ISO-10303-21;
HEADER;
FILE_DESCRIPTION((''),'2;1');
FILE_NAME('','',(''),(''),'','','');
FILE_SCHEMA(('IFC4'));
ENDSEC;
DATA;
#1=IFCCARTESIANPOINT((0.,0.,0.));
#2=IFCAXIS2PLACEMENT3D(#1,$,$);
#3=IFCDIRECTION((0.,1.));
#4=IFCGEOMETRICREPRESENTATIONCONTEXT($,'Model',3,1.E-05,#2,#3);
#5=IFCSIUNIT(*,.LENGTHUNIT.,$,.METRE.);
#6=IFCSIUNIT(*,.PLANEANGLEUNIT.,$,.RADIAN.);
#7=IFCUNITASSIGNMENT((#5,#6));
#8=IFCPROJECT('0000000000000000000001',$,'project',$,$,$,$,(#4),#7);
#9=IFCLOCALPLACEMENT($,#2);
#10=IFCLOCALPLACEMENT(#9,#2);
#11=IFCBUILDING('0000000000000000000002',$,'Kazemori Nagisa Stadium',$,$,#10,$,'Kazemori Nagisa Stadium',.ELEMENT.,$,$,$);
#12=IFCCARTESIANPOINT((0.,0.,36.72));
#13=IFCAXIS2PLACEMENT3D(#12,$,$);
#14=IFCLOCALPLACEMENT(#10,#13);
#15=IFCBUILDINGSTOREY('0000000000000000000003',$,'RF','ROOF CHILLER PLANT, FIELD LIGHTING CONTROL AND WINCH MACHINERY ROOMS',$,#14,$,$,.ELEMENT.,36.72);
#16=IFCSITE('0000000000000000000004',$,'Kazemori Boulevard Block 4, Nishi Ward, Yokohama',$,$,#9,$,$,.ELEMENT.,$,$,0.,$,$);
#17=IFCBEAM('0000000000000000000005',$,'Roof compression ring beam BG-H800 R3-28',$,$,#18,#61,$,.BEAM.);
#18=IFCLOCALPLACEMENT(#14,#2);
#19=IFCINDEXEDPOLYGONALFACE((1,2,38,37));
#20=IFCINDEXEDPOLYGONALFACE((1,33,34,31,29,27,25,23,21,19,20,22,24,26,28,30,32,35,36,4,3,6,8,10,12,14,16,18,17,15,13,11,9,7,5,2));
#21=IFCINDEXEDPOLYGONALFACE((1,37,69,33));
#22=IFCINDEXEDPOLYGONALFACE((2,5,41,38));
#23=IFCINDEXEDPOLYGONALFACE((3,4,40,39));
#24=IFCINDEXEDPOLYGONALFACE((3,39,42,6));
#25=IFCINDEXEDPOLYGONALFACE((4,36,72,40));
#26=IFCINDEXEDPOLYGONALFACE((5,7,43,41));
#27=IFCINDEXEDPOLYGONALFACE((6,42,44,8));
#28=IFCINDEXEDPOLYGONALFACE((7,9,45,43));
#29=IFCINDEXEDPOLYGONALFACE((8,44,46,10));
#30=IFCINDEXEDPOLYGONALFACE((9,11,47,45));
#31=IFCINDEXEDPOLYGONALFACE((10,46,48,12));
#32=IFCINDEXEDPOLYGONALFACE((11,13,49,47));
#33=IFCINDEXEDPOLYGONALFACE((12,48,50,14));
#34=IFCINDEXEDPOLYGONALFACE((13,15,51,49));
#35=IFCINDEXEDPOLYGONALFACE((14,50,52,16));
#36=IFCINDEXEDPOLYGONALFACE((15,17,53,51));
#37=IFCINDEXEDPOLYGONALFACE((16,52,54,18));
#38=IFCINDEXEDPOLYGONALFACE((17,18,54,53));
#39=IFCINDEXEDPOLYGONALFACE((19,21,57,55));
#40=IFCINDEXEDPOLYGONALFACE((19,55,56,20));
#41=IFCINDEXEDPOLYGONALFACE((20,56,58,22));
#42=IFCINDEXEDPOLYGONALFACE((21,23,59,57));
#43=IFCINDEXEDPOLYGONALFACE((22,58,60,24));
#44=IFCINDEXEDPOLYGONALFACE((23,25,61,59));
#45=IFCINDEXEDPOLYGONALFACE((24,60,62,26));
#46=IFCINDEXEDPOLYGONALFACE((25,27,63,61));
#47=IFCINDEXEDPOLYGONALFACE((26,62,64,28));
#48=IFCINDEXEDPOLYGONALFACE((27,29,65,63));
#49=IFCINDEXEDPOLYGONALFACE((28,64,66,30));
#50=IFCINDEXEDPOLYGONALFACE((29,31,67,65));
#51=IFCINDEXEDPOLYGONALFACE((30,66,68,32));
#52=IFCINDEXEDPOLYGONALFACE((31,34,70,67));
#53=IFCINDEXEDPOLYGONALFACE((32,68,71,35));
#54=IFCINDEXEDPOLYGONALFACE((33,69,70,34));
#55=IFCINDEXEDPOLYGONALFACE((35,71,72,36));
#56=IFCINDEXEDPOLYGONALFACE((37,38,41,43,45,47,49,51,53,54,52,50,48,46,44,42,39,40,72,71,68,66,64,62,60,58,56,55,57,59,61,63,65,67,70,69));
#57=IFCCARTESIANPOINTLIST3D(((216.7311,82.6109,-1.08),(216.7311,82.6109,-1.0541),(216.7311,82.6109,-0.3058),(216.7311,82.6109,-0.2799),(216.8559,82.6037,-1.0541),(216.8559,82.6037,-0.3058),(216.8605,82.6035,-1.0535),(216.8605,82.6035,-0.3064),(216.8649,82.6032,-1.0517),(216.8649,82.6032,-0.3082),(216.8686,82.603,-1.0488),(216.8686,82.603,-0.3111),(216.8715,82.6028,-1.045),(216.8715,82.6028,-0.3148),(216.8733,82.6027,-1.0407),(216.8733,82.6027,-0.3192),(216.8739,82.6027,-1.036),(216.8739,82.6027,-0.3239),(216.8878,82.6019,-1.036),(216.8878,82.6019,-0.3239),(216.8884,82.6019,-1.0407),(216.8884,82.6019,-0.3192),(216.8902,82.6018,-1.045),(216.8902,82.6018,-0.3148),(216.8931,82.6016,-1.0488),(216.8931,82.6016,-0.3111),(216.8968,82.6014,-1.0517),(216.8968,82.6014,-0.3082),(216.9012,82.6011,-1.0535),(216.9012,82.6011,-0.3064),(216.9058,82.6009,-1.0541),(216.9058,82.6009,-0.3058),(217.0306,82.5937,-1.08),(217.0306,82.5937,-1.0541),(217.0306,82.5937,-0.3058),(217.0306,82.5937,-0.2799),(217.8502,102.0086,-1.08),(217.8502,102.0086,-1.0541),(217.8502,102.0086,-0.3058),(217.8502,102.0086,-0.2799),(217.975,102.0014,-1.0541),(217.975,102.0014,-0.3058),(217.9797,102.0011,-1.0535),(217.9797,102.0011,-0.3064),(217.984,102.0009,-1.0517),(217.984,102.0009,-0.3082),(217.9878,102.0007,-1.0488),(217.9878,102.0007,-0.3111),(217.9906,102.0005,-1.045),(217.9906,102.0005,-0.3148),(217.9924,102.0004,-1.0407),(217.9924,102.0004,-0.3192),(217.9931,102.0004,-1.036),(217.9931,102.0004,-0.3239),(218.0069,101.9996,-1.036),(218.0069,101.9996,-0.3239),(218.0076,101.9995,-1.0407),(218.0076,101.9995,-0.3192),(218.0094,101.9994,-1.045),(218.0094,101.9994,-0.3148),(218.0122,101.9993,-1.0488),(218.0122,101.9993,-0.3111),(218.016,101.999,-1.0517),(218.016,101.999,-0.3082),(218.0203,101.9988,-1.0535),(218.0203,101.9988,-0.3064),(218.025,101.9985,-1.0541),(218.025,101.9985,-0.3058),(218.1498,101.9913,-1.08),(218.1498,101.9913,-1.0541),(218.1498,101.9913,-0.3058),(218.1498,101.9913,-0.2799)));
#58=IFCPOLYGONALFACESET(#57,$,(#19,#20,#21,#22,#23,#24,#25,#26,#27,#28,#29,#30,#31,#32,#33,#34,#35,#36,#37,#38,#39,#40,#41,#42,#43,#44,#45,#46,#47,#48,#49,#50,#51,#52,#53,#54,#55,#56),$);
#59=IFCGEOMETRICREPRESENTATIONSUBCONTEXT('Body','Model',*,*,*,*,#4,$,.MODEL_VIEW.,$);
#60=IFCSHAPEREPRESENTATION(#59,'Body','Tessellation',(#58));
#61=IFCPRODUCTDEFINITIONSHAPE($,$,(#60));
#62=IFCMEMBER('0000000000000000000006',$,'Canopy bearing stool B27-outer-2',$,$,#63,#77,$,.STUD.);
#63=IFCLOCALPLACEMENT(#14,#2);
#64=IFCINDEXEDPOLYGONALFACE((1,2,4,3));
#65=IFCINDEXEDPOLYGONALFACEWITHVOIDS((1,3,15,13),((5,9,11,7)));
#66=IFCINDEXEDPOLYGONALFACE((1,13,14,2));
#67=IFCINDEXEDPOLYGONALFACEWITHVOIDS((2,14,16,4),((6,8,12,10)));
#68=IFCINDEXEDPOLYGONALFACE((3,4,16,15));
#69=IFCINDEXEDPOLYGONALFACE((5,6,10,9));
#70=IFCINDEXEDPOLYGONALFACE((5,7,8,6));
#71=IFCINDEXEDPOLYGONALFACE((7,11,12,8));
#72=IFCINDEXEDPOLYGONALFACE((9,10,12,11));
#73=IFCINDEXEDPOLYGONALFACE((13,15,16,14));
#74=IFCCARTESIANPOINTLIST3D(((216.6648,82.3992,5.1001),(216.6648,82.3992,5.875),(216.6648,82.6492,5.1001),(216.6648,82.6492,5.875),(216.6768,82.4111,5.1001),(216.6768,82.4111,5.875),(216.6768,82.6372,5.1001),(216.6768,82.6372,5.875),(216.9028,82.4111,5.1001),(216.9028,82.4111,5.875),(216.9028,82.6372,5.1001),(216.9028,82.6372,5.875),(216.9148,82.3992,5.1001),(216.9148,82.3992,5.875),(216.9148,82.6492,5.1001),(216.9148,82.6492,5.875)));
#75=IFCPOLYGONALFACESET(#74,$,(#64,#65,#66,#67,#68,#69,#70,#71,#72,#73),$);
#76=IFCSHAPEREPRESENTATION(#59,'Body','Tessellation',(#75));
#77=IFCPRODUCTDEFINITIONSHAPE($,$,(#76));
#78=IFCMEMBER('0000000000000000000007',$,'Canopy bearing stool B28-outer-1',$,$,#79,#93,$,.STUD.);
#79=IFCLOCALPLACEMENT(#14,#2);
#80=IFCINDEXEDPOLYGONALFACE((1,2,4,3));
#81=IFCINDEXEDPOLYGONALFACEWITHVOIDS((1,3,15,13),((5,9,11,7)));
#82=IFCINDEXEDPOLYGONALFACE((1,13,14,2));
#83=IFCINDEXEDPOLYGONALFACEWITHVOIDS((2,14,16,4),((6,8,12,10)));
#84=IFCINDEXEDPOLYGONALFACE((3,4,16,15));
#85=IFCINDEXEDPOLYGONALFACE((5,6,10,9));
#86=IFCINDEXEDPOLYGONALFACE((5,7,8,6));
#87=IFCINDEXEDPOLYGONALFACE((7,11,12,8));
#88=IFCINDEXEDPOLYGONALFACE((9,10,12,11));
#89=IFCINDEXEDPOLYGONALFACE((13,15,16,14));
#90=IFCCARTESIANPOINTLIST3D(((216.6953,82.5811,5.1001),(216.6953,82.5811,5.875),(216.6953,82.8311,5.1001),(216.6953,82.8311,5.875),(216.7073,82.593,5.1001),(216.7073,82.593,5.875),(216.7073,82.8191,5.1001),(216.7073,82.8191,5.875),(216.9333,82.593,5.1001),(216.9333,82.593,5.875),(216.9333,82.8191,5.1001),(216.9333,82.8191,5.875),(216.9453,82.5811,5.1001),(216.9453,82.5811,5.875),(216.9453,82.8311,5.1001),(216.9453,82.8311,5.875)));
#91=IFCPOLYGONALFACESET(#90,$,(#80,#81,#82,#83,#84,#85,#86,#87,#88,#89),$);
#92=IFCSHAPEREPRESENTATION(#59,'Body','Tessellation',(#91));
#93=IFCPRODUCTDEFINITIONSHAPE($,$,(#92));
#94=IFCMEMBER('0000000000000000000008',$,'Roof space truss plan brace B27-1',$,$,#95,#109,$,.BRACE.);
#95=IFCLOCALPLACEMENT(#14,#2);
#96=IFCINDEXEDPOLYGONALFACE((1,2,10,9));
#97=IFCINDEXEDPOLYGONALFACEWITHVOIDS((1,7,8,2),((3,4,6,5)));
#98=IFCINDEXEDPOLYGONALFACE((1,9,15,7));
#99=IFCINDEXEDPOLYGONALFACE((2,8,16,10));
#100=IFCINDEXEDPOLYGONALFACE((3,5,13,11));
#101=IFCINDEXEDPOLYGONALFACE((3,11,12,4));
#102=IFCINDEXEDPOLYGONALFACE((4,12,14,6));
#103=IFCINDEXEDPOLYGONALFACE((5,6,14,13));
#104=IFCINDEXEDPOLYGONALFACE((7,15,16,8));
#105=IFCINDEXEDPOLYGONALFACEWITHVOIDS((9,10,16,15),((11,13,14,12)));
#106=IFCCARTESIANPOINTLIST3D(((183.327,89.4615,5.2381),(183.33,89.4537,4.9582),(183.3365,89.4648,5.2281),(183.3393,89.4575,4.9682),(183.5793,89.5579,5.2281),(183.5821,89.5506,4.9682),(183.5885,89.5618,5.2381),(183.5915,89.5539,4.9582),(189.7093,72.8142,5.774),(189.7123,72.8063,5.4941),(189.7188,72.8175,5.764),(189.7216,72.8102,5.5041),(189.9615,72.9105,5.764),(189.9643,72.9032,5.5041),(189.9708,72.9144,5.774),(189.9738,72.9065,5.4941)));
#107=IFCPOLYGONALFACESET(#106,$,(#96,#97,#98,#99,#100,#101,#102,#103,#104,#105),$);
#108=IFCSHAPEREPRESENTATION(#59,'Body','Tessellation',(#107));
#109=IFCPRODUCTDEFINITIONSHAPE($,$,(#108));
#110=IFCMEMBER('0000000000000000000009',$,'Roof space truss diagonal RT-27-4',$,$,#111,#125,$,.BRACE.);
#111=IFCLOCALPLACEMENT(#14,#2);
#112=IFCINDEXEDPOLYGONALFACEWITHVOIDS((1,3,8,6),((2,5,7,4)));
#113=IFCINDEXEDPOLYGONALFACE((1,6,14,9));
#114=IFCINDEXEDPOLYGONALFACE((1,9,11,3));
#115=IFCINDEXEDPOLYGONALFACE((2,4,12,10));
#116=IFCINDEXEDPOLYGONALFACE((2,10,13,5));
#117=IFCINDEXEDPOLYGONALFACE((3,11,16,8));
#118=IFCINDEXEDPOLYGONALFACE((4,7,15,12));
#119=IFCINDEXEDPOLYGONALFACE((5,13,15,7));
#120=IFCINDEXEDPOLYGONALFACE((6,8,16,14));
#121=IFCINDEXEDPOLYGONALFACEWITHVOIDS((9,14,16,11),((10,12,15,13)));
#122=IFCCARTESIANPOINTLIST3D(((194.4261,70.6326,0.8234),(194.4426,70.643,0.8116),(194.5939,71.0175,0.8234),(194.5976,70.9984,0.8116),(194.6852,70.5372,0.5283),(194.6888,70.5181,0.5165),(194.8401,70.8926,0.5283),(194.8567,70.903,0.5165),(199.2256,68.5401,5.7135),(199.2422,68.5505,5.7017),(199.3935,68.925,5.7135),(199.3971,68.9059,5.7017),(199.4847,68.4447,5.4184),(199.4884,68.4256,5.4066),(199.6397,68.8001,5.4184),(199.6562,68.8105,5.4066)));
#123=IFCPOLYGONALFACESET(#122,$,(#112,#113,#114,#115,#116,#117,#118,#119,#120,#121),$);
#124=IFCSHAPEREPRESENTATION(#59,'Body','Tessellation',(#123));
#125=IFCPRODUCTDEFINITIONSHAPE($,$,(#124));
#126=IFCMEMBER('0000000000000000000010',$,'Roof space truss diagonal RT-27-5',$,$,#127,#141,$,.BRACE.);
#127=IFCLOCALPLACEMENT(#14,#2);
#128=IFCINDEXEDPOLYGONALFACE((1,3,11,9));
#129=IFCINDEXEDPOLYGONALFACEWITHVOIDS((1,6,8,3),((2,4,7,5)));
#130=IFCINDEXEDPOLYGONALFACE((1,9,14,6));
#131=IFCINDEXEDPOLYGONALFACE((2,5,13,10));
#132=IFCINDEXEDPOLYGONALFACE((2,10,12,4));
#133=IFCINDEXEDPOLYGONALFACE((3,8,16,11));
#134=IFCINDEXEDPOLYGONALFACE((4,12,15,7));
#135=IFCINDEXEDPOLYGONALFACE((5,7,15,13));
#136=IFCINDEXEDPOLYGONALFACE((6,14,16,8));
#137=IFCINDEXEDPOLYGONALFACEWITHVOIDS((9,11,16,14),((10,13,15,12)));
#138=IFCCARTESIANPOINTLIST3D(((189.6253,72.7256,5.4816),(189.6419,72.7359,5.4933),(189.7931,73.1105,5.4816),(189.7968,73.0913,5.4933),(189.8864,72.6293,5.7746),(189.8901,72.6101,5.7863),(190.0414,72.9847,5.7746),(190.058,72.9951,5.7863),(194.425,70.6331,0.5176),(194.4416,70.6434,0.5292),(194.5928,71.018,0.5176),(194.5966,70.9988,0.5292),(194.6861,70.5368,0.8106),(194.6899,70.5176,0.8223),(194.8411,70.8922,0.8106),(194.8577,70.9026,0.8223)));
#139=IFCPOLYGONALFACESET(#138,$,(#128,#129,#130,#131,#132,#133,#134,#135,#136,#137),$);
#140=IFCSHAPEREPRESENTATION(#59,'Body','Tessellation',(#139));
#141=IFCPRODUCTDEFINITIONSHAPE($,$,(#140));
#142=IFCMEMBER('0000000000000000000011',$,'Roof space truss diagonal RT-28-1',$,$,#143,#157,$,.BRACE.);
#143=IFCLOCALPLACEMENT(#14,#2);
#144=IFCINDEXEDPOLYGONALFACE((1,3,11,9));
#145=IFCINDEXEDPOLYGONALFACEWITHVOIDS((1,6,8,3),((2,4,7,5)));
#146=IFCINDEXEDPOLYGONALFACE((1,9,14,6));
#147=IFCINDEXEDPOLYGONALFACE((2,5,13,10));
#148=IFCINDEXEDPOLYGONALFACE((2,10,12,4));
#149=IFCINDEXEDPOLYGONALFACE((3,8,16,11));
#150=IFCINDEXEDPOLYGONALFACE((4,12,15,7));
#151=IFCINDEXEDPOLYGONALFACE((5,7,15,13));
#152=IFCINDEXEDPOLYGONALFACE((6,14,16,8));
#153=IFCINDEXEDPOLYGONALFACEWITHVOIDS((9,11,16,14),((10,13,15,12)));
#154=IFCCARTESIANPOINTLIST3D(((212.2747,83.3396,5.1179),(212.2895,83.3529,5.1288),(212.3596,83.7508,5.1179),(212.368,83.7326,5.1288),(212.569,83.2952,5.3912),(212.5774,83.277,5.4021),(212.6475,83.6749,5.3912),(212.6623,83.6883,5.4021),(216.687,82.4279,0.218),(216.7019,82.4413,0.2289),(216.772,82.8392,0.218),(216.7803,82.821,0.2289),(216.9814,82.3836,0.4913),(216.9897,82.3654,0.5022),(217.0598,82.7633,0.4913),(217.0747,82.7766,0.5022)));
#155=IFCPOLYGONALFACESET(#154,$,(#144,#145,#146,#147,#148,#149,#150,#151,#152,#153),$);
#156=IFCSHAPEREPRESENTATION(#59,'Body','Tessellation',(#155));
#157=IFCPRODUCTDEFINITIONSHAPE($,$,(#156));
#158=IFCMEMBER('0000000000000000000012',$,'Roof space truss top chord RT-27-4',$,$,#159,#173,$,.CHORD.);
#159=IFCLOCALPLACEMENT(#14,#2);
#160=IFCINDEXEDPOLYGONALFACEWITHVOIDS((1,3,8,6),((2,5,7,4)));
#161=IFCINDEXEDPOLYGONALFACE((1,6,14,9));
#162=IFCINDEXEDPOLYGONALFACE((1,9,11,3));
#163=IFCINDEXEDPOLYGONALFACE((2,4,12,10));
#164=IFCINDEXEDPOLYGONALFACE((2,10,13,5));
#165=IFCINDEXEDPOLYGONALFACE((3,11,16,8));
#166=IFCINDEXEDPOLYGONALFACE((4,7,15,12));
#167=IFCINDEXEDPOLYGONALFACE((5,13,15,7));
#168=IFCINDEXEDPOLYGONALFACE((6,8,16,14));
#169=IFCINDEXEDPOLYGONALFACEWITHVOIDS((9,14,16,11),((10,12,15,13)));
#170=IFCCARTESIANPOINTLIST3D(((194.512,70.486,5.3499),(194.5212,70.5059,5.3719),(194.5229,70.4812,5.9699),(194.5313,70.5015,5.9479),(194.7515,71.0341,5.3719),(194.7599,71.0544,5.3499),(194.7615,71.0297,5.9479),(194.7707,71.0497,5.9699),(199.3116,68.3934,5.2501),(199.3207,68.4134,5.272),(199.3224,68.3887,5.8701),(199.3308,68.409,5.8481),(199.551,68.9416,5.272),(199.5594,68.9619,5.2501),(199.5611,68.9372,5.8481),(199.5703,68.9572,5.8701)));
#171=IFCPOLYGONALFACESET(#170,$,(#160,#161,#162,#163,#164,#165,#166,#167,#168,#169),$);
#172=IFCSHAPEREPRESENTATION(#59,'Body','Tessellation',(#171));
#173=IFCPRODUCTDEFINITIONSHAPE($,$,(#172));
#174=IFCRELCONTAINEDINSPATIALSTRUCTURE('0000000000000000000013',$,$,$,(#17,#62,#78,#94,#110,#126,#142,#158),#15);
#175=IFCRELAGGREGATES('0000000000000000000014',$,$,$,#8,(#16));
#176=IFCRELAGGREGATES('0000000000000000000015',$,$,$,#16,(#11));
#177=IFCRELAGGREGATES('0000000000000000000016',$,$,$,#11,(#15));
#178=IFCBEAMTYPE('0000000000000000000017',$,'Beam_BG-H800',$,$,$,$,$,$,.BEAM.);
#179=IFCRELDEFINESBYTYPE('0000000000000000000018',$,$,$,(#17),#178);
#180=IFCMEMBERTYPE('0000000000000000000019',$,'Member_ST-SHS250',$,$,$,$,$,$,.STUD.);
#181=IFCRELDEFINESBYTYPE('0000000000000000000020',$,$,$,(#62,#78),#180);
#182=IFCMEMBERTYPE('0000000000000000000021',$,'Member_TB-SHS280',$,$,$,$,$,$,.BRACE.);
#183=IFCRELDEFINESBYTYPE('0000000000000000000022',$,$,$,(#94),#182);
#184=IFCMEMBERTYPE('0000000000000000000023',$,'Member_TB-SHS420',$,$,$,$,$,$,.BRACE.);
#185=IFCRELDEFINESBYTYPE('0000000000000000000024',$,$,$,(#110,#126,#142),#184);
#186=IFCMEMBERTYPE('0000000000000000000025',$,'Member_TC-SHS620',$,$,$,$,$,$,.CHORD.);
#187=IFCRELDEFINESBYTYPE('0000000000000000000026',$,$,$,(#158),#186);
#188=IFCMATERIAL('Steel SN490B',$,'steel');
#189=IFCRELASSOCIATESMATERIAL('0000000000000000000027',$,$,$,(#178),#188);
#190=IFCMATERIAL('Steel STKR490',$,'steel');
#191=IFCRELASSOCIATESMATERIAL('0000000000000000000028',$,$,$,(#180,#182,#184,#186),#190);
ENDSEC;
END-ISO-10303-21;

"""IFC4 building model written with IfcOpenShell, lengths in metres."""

from ifc_helpers import new_model, si_unit, direction, frame, origin, origin_2d, place, context, subcontext, project, spatial, hollow_rectangle, i_section, extrude, material, material_profile, profile_set, type_object, element, save


model = new_model("IFC4")

# Units and contexts
model_context = context("Model", 3, precision=1e-05, world=origin(), true_north=direction((0.0, 1.0)))
body_context = subcontext(model_context, "Body", "Model", "MODEL_VIEW")
ifc_project = project(units=[si_unit("LENGTHUNIT", "METRE"), si_unit("PLANEANGLEUNIT", "RADIAN")], contexts=[model_context])

# Site, building, storey
site_placement = place(None, origin())
site = spatial("IfcSite", under=ifc_project, at=site_placement, Name="Kazemori Boulevard Block 4, Nishi Ward, Yokohama", CompositionType="ELEMENT", RefElevation=0.0)
building_placement = place(site_placement, origin())
building = spatial("IfcBuilding", under=site, at=building_placement, Name="Kazemori Nagisa Stadium", LongName="Kazemori Nagisa Stadium", CompositionType="ELEMENT")
storey_placement = place(building_placement, frame((0.0, 0.0, 36.72)))
storey = spatial("IfcBuildingStorey", under=building, at=storey_placement, Name="RF", Description="ROOF CHILLER PLANT, FIELD LIGHTING CONTROL AND WINCH MACHINERY ROOMS", CompositionType="ELEMENT", Elevation=36.72)

# Shared definitions
ifc_material_1 = material(Name="Steel SN490B", Category="steel")

# Beam
ifc_material_profile_1 = material_profile(ifc_material_1, i_section(OverallWidth=0.3, OverallDepth=0.8, WebThickness=0.0139, FlangeThickness=0.0259, FilletRadius=0.0181, at=origin_2d()), Name="H-800x300x14x26")
ifc_profile_set_1 = profile_set([ifc_material_profile_1], Name="Steel SN490B")
beam_type_1 = type_object("IfcBeamType", Name="Beam_BG-H800", PredefinedType="BEAM", material=ifc_profile_set_1)
beam_1_placement = place(storey_placement, frame((216.8809, 82.6023, -0.6799), z_axis=(0.057599, 0.99834, 0.0), x_axis=(-0.99834, 0.057599, 0.0)))
element("IfcBeam", 1, at=beam_1_placement, inside=storey, type_object=beam_type_1, Name="Roof compression ring beam BG-H800 R3-28", PredefinedType="BEAM", context=body_context, shape_type="SweptSolid", body=[
    extrude(i_section(OverallWidth=0.3, OverallDepth=0.8, WebThickness=0.0139, FlangeThickness=0.0259, FilletRadius=0.0181, at=origin_2d()), origin(), (0.0, 0.0, 1.0), 19.4299),
])

# Members
ifc_material_2 = material(Name="Steel STKR490", Category="steel")
ifc_material_profile_2 = material_profile(ifc_material_2, hollow_rectangle(XDim=0.25, YDim=0.25, WallThickness=0.012, at=origin_2d()), Name="SHS-250x250x12")
ifc_profile_set_2 = profile_set([ifc_material_profile_2], Name="Steel STKR490")
member_type_1 = type_object("IfcMemberType", Name="Member_ST-SHS250", PredefinedType="STUD", material=ifc_profile_set_2)
for number, where, z_axis, x_axis, name in (
    (2, (216.7898, 82.5242, 5.1001), (0.0, 0.0, 1.0), (1.0, 0.0, 0.0), "Canopy bearing stool B27-outer-2"),
    (3, (216.8203, 82.7061, 5.1001), (0.0, 0.0, 1.0), (1.0, 0.0, 0.0), "Canopy bearing stool B28-outer-1"),
):
    element("IfcMember", number, at=place(storey_placement, frame(where, z_axis=z_axis, x_axis=x_axis)), inside=storey, type_object=member_type_1, Name=name, PredefinedType="STUD", context=body_context, shape_type="SweptSolid", body=[
        extrude(hollow_rectangle(XDim=0.25, YDim=0.25, WallThickness=0.012, at=origin_2d()), origin(), (0.0, 0.0, 1.0), 0.7749),
    ])
ifc_material_profile_3 = material_profile(ifc_material_2, hollow_rectangle(XDim=0.28, YDim=0.28, WallThickness=0.01, at=origin_2d()), Name="SHS-280x280x10")
ifc_profile_set_3 = profile_set([ifc_material_profile_3], Name="Steel STKR490")
member_type_2 = type_object("IfcMemberType", Name="Member_TB-SHS280", PredefinedType="BRACE", material=ifc_profile_set_3)
member_1_placement = place(storey_placement, frame((189.8416, 72.8604, 5.634), z_axis=(-0.357813, 0.93331, -0.030044), x_axis=(-0.933731, -0.357975, 0.0)))
element("IfcMember", 4, at=member_1_placement, inside=storey, type_object=member_type_2, Name="Roof space truss plan brace B27-1", PredefinedType="BRACE", context=body_context, shape_type="SweptSolid", body=[
    extrude(hollow_rectangle(XDim=0.28, YDim=0.28, WallThickness=0.01, at=origin_2d()), origin(), (0.0, 0.0, 1.0), 17.8369),
])
ifc_material_profile_4 = material_profile(ifc_material_2, hollow_rectangle(XDim=0.4199, YDim=0.4199, WallThickness=0.0161, at=origin_2d()), Name="SHS-420x420x16")
ifc_profile_set_4 = profile_set([ifc_material_profile_4], Name="Steel STKR490")
member_type_3 = type_object("IfcMemberType", Name="Member_TB-SHS420", PredefinedType="BRACE", material=ifc_profile_set_4)
member_2_placement = place(storey_placement, frame((199.4409, 68.6753, 5.5601), z_axis=(-0.669923, 0.292075, -0.682565), x_axis=(-0.399652, -0.916667, 0.0)))
element("IfcMember", 5, at=member_2_placement, inside=storey, type_object=member_type_3, Name="Roof space truss diagonal RT-27-4", PredefinedType="BRACE", context=body_context, shape_type="SweptSolid", body=[
    extrude(hollow_rectangle(XDim=0.4199, YDim=0.4199, WallThickness=0.0161, at=origin_2d()), origin(), (0.0, 0.0, 1.0), 7.1643),
])
member_3_placement = place(storey_placement, frame((194.6414, 70.7678, 0.6699), z_axis=(-0.665235, 0.290017, 0.688007), x_axis=(-0.399635, -0.916675, 0.0)))
element("IfcMember", 6, at=member_3_placement, inside=storey, type_object=member_type_3, Name="Roof space truss diagonal RT-27-5", PredefinedType="BRACE", context=body_context, shape_type="SweptSolid", body=[
    extrude(hollow_rectangle(XDim=0.4199, YDim=0.4199, WallThickness=0.0161, at=origin_2d()), origin(), (0.0, 0.0, 1.0), 7.2151),
])
member_4_placement = place(storey_placement, frame((216.8809, 82.6023, 0.3601), z_axis=(-0.662864, 0.136952, 0.736108), x_axis=(-0.202333, -0.979317, 0.0)))
element("IfcMember", 7, at=member_4_placement, inside=storey, type_object=member_type_3, Name="Roof space truss diagonal RT-28-1", PredefinedType="BRACE", context=body_context, shape_type="SweptSolid", body=[
    extrude(hollow_rectangle(XDim=0.4199, YDim=0.4199, WallThickness=0.0161, at=origin_2d()), origin(), (0.0, 0.0, 1.0), 6.6565),
])
ifc_material_profile_5 = material_profile(ifc_material_2, hollow_rectangle(XDim=0.6201, YDim=0.6201, WallThickness=0.022, at=origin_2d()), Name="SHS-620x620x22")
ifc_profile_set_5 = profile_set([ifc_material_profile_5], Name="Steel STKR490")
member_type_4 = type_object("IfcMemberType", Name="Member_TC-SHS620", PredefinedType="CHORD", material=ifc_profile_set_5)
member_5_placement = place(storey_placement, frame((199.4409, 68.6753, 5.5601), z_axis=(-0.9165, 0.399579, 0.019068), x_axis=(-0.399652, -0.916667, 0.0)))
element("IfcMember", 8, at=member_5_placement, inside=storey, type_object=member_type_4, Name="Roof space truss top chord RT-27-4", PredefinedType="CHORD", context=body_context, shape_type="SweptSolid", body=[
    extrude(hollow_rectangle(XDim=0.6201, YDim=0.6201, WallThickness=0.022, at=origin_2d()), origin(), (0.0, 0.0, 1.0), 5.2368),
])

save(model, "model.ifc")
